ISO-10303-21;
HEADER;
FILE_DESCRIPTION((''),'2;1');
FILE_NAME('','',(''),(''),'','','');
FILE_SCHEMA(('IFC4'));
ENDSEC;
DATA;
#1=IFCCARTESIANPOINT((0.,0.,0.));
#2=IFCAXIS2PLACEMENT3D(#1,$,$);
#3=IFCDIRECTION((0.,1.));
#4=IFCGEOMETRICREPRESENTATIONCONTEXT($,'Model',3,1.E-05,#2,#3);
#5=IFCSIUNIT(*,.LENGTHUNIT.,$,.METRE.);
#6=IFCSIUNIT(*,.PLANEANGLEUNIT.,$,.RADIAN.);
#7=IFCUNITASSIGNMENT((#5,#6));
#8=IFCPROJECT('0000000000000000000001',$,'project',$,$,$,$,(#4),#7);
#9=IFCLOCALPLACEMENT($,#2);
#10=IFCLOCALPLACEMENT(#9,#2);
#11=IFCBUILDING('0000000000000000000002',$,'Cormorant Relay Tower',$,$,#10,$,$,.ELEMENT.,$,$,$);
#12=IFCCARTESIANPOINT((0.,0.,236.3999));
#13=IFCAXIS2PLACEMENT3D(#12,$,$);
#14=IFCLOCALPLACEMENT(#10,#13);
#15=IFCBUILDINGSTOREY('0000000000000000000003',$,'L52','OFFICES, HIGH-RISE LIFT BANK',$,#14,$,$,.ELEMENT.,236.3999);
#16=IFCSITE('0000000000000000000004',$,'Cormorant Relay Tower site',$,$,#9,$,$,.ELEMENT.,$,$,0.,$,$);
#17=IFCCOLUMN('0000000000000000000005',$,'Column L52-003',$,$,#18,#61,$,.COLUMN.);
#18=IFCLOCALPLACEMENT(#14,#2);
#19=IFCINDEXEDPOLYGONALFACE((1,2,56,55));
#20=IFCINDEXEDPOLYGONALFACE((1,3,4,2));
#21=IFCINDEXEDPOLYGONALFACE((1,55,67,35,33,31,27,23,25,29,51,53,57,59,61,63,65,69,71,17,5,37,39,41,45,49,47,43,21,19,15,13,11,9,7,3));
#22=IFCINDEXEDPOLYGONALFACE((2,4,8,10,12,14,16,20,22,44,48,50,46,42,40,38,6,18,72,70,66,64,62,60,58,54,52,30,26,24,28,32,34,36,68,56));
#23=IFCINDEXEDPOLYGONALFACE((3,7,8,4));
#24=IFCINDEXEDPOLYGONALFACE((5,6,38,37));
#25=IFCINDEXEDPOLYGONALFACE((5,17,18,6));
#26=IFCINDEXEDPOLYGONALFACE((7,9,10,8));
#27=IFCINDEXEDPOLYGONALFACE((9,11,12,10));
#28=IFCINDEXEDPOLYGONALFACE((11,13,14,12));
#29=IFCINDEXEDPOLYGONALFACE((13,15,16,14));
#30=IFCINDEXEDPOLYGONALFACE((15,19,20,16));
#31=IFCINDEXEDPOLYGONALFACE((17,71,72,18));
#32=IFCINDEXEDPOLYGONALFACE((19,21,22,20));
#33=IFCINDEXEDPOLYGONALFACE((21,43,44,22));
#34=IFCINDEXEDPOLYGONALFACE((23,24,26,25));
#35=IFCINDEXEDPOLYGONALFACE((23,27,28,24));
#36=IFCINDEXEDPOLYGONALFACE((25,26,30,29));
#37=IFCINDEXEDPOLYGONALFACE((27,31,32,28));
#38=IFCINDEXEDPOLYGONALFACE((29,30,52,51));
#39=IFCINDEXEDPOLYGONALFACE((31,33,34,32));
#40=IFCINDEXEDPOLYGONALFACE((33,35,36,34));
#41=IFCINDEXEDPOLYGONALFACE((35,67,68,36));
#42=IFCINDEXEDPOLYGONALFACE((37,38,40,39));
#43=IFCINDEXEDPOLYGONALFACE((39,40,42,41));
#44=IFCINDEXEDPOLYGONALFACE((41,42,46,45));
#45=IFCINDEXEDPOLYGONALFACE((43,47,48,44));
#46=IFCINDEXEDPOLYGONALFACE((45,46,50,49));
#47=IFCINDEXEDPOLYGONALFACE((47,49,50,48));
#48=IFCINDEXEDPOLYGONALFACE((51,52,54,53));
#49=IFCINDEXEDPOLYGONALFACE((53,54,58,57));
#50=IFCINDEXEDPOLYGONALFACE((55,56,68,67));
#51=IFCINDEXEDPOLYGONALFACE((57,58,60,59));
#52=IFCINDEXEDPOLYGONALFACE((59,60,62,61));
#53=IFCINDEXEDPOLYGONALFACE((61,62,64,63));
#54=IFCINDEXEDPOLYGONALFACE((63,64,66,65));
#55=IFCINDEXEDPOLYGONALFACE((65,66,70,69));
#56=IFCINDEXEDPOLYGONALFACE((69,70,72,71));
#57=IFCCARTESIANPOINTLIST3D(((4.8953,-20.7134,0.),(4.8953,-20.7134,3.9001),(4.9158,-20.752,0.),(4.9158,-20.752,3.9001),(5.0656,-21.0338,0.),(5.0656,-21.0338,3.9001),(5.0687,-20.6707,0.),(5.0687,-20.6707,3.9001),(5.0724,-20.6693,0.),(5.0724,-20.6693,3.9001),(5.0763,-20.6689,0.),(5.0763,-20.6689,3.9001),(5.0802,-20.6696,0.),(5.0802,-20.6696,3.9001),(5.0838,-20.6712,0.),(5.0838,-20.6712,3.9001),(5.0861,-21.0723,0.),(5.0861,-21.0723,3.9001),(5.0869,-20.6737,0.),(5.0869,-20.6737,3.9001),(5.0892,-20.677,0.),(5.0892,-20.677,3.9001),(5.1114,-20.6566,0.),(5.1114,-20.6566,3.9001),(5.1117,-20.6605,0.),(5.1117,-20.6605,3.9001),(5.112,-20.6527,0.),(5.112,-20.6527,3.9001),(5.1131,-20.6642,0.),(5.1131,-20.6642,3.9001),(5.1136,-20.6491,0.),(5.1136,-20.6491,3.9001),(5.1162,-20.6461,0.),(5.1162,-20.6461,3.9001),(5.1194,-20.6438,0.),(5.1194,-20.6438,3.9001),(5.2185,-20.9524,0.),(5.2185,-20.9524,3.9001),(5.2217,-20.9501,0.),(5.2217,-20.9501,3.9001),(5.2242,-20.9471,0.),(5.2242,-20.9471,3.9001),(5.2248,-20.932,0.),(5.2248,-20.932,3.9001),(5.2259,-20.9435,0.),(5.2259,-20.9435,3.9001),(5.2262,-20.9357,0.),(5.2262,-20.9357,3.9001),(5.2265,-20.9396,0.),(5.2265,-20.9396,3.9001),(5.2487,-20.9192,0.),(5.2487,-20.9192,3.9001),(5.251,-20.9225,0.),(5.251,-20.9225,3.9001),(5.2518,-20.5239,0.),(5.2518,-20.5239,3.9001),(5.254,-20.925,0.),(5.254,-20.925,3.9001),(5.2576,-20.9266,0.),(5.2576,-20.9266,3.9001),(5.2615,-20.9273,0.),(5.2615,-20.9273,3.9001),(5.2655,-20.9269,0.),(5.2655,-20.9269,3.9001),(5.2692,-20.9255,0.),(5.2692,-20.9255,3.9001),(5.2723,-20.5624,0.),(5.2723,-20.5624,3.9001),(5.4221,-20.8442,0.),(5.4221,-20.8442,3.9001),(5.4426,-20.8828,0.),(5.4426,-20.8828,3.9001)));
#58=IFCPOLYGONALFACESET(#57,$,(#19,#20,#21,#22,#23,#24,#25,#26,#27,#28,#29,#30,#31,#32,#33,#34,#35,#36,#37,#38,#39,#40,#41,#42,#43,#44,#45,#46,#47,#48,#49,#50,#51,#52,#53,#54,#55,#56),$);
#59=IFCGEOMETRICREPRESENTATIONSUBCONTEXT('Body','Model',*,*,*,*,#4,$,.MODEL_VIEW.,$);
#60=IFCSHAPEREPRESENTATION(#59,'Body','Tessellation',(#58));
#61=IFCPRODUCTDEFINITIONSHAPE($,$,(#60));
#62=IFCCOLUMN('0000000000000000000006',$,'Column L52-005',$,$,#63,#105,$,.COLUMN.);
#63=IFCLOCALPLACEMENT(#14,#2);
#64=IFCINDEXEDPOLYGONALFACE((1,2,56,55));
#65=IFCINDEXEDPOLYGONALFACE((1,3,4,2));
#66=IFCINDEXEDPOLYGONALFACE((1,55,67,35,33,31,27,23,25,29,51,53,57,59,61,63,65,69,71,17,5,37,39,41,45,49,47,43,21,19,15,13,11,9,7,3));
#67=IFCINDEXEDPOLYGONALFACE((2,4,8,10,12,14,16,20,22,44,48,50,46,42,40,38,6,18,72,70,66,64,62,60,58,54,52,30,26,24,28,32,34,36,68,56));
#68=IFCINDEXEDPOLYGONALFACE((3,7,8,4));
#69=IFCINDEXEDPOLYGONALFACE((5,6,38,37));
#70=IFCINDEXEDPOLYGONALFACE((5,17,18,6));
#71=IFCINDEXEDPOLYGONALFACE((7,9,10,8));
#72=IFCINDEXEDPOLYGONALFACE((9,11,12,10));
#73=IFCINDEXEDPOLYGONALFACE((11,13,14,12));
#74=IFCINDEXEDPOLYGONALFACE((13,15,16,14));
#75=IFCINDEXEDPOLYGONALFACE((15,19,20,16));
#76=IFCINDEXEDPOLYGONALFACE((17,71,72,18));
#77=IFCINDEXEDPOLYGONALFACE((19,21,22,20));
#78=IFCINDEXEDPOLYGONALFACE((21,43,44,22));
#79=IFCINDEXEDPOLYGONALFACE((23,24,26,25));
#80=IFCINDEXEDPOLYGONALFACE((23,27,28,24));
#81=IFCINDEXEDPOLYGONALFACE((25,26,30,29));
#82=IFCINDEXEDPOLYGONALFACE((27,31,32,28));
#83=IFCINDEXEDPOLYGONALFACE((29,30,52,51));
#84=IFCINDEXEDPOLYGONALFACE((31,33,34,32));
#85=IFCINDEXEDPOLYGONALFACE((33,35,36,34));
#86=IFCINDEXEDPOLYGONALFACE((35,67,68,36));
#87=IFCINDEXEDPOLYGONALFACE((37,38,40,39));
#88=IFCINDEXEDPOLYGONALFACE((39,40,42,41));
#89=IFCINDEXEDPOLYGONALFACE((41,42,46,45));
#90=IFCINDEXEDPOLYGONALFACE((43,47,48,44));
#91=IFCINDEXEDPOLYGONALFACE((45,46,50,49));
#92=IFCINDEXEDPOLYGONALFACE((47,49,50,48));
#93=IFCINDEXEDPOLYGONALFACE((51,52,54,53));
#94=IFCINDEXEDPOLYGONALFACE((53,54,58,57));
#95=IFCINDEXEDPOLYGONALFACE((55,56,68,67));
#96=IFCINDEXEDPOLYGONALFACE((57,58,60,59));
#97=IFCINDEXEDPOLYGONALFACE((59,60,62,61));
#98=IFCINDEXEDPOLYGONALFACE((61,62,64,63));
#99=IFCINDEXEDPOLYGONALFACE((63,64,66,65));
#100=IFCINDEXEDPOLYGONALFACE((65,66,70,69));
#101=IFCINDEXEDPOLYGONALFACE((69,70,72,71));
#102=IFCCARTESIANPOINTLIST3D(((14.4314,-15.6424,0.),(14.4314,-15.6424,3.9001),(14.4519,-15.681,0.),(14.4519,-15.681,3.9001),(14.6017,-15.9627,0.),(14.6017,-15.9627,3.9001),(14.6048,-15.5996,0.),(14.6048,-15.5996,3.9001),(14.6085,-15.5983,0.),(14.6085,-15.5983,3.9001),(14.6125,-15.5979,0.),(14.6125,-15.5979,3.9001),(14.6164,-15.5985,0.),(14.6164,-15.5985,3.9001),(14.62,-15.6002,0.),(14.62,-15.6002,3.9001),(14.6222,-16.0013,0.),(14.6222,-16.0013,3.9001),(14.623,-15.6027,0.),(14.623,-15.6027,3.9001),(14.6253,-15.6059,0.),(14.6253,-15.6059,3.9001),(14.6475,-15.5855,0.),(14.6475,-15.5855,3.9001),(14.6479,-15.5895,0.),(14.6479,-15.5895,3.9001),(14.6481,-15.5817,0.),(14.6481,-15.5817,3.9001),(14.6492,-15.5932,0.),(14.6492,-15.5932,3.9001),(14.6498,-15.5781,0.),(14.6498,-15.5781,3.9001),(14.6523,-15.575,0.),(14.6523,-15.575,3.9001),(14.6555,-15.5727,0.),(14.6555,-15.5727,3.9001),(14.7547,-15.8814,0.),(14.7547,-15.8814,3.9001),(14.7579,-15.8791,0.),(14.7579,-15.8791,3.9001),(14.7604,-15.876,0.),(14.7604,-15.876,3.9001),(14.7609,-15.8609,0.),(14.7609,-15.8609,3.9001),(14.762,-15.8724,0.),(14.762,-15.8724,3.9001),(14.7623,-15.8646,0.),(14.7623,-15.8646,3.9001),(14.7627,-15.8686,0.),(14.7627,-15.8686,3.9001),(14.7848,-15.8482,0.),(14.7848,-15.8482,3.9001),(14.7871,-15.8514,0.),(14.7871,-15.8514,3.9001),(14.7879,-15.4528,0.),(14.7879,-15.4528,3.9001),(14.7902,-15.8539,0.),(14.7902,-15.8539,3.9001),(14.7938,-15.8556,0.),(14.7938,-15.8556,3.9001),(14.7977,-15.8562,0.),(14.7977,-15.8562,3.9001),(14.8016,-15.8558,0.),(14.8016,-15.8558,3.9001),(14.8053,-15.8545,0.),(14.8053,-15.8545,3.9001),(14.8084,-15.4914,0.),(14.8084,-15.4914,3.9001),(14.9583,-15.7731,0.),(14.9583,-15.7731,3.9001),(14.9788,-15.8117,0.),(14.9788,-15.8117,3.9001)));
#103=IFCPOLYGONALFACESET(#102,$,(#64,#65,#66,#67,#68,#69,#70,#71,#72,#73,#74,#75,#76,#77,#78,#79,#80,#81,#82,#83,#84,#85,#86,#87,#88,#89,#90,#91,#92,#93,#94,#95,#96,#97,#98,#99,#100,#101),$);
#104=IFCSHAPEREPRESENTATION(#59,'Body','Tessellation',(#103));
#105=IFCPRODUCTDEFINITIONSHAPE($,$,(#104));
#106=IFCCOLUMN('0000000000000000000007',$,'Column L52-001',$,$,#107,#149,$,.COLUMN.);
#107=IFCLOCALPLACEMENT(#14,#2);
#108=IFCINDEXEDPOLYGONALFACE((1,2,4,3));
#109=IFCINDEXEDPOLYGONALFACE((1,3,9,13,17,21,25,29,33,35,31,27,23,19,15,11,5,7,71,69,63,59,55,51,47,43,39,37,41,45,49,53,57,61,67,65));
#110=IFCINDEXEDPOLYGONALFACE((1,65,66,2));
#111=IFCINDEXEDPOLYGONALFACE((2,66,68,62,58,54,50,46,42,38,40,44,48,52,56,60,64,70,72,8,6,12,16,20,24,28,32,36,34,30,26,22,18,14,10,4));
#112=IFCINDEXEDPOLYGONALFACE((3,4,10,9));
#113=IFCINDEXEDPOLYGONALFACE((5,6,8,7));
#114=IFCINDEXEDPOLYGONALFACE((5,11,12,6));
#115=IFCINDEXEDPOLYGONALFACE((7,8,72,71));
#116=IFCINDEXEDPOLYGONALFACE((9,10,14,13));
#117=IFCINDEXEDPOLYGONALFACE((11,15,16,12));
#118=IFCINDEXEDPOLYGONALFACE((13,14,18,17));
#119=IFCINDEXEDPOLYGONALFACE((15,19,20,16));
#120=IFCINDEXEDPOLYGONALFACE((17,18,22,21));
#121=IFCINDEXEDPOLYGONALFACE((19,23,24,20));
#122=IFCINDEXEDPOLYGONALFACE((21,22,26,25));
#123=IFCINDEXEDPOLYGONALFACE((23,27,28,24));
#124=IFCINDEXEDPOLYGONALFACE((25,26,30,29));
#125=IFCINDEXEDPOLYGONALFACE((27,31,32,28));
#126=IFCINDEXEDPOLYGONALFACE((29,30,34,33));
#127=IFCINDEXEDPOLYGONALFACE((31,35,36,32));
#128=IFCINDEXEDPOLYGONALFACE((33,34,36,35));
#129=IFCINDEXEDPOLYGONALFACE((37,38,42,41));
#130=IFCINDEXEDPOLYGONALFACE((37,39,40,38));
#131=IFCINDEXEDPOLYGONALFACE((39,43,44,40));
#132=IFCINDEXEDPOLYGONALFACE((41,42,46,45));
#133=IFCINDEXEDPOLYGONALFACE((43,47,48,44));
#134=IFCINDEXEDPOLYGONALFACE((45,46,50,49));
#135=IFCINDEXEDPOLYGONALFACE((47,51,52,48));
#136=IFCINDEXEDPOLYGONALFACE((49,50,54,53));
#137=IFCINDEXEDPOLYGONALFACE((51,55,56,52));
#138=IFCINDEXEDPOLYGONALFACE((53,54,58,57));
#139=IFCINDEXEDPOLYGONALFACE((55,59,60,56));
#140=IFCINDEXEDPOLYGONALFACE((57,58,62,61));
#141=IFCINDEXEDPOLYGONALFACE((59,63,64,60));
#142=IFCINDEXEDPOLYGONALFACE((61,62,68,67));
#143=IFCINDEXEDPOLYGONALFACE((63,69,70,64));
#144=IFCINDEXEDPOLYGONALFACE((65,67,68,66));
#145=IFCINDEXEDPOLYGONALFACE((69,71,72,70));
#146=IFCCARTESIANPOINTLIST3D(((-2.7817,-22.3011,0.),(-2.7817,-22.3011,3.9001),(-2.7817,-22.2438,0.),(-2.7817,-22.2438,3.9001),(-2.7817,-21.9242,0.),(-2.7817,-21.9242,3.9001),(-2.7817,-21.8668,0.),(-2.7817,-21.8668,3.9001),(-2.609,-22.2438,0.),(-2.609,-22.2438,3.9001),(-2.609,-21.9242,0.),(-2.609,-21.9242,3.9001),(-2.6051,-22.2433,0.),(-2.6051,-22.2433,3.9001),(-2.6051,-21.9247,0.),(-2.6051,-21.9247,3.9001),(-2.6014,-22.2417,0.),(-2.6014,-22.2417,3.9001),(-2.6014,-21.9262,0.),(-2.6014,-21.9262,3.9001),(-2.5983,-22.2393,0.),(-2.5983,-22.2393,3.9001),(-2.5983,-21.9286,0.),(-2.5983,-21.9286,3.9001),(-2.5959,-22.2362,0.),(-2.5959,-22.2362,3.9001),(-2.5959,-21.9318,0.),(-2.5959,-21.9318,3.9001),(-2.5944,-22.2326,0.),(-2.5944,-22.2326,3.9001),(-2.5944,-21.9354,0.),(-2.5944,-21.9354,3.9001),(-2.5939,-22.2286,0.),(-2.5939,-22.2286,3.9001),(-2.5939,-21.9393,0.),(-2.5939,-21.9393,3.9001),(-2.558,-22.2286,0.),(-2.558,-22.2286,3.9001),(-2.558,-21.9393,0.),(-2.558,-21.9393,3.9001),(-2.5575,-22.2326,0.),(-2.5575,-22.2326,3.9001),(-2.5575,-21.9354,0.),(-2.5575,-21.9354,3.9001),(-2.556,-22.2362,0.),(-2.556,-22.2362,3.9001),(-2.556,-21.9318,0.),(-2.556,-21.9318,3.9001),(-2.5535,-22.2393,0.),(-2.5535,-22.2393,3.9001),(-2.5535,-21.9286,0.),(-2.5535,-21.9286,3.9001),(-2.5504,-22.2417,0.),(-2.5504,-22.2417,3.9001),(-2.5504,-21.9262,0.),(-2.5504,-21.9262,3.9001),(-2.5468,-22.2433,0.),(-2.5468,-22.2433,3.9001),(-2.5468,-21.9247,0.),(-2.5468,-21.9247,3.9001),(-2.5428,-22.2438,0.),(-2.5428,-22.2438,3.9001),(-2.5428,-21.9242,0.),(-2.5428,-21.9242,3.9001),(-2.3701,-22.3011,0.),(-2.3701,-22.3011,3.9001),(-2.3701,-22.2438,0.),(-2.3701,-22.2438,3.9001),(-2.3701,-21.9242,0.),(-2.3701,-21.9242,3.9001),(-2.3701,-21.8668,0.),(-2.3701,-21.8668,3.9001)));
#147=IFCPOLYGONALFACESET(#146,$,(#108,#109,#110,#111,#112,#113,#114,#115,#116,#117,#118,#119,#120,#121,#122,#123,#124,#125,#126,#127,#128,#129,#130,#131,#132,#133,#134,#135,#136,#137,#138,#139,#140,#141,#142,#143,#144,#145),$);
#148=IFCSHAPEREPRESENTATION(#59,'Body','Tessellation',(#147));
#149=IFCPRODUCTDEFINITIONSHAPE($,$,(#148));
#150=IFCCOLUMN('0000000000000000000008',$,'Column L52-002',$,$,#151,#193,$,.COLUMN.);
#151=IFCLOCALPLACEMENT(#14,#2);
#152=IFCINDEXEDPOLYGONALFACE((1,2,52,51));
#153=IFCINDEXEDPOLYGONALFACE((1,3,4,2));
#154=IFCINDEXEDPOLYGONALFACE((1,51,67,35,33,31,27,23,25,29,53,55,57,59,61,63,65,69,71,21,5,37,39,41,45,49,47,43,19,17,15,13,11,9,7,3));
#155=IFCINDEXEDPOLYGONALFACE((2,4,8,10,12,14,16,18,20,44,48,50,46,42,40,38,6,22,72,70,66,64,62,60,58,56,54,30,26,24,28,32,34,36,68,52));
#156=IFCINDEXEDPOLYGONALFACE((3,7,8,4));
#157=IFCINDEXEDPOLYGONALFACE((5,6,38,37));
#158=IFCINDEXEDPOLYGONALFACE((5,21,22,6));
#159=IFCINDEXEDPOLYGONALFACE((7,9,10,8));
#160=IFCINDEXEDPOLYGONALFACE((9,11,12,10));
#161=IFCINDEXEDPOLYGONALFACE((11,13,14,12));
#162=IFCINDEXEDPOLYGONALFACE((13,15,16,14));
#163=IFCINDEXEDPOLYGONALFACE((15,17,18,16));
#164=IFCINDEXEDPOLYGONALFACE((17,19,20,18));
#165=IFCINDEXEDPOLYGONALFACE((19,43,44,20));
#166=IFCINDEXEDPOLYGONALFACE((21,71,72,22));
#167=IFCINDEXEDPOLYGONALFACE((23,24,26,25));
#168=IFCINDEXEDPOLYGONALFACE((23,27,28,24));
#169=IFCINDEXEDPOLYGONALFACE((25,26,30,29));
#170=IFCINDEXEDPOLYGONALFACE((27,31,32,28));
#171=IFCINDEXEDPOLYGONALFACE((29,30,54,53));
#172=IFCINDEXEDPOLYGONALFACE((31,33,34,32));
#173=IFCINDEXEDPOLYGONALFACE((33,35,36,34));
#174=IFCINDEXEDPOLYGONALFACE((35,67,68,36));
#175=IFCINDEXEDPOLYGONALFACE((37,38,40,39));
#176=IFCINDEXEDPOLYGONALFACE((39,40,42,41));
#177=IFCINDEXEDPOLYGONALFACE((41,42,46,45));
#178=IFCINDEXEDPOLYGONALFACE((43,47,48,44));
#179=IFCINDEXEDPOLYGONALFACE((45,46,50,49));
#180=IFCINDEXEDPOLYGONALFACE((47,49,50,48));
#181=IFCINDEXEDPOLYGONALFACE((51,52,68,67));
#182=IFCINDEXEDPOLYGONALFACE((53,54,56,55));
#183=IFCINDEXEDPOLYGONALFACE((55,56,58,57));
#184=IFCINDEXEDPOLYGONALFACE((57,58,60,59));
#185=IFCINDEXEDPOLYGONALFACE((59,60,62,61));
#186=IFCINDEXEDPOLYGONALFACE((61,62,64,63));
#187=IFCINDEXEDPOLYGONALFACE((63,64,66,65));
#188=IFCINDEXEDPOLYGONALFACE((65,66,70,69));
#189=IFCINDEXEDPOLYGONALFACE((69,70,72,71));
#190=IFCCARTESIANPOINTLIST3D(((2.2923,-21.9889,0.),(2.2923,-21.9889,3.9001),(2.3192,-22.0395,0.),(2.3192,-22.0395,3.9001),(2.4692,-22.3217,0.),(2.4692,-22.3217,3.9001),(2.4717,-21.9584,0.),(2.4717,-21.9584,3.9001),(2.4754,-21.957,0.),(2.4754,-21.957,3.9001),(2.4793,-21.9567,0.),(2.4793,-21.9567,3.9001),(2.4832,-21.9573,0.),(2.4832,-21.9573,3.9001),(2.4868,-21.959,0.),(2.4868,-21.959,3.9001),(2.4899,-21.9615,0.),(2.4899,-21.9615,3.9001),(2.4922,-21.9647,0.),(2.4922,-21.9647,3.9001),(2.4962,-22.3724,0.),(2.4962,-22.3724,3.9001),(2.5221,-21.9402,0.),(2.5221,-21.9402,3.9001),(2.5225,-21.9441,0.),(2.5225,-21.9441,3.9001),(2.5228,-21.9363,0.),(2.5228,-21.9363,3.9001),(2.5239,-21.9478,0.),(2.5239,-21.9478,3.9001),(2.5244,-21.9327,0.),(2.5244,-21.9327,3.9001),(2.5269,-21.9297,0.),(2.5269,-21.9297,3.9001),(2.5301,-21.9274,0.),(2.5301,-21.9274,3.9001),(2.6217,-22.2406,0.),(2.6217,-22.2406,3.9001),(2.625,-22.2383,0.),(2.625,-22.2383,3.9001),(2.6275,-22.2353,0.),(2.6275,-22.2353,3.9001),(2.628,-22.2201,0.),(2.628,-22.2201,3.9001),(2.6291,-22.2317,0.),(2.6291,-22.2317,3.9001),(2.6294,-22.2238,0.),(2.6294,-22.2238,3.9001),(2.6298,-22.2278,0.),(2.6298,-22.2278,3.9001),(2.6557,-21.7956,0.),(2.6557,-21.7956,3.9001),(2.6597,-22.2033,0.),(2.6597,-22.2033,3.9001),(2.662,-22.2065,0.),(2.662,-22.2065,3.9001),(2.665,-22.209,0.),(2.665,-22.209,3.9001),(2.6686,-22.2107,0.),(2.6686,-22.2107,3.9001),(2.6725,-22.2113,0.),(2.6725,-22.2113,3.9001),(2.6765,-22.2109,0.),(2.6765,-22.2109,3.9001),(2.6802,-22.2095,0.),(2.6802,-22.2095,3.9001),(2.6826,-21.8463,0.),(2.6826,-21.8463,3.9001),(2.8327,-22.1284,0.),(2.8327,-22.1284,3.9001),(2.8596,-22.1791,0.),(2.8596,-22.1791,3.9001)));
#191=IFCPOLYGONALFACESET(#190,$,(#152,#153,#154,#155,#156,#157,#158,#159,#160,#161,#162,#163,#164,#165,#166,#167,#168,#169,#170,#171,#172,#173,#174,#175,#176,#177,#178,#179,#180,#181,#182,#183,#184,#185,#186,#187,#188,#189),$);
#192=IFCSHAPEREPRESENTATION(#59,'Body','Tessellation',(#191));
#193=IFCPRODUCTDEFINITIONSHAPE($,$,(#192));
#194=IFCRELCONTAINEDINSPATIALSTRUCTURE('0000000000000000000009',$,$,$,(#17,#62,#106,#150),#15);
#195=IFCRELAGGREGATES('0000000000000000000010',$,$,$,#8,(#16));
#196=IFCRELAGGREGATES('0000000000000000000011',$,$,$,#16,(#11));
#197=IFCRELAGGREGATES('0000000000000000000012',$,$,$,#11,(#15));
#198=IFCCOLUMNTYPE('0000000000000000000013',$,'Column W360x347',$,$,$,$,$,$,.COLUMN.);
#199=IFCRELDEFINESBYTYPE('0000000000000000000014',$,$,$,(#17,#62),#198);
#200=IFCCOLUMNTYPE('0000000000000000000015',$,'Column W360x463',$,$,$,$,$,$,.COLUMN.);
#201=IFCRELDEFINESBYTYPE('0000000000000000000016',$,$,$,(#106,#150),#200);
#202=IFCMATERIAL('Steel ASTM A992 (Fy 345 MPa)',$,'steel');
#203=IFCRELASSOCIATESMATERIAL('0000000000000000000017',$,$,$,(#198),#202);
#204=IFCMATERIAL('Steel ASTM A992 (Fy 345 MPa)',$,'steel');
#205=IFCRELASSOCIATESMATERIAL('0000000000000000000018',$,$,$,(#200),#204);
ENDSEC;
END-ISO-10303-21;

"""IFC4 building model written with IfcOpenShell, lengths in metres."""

from ifc_helpers import new_model, si_unit, direction, frame, origin, origin_2d, place, context, subcontext, project, spatial, i_section, extrude, material, material_profile, profile_set, type_object, element, save


model = new_model("IFC4")

# Units and contexts
model_context = context("Model", 3, precision=1e-05, world=origin(), true_north=direction((0.0, 1.0)))
body_context = subcontext(model_context, "Body", "Model", "MODEL_VIEW")
ifc_project = project(units=[si_unit("LENGTHUNIT", "METRE"), si_unit("PLANEANGLEUNIT", "RADIAN")], contexts=[model_context])

# Site, building, storey
site_placement = place(None, origin())
site = spatial("IfcSite", under=ifc_project, at=site_placement, Name="Cormorant Relay Tower site", CompositionType="ELEMENT", RefElevation=0.0)
building_placement = place(site_placement, origin())
building = spatial("IfcBuilding", under=site, at=building_placement, Name="Cormorant Relay Tower", CompositionType="ELEMENT")
storey_placement = place(building_placement, frame((0.0, 0.0, 236.3999)))
storey = spatial("IfcBuildingStorey", under=building, at=storey_placement, Name="L52", Description="OFFICES, HIGH-RISE LIFT BANK", CompositionType="ELEMENT", Elevation=236.3999)

# Columns
ifc_material_1 = material(Name="Steel ASTM A992 (Fy 345 MPa)", Category="steel")
ifc_material_profile_1 = material_profile(ifc_material_1, i_section(OverallWidth=0.4038, OverallDepth=0.4065, WebThickness=0.0271, FlangeThickness=0.0437, FilletRadius=0.0151, at=origin_2d()), Name="W360x347")
ifc_profile_set_1 = profile_set([ifc_material_profile_1], Name="Steel ASTM A992 (Fy 345 MPa)")
column_type_1 = type_object("IfcColumnType", Name="Column W360x347", PredefinedType="COLUMN", material=ifc_profile_set_1)
for number, where, z_axis, x_axis, name in (
    (1, (5.1689, -20.7981, 0.0), (0.0, 0.0, 1.0), (0.882948, 0.469472, 0.0), "Column L52-003"),
    (2, (14.7051, -15.7271, 0.0), (0.0, 0.0, 1.0), (0.882948, 0.469472, 0.0), "Column L52-005"),
):
    element("IfcColumn", number, at=place(storey_placement, frame(where, z_axis=z_axis, x_axis=x_axis)), inside=storey, type_object=column_type_1, Name=name, PredefinedType="COLUMN", context=body_context, shape_type="SweptSolid", body=[
        extrude(i_section(OverallWidth=0.4038, OverallDepth=0.4065, WebThickness=0.0271, FlangeThickness=0.0437, FilletRadius=0.0151, at=origin_2d()), origin(), (0.0, 0.0, 1.0), 3.9001),
    ])
ifc_material_2 = material(Name="Steel ASTM A992 (Fy 345 MPa)", Category="steel")
ifc_material_profile_2 = material_profile(ifc_material_2, i_section(OverallWidth=0.4116, OverallDepth=0.4343, WebThickness=0.0359, FlangeThickness=0.0574, FilletRadius=0.0151, at=origin_2d()), Name="W360x463")
ifc_profile_set_2 = profile_set([ifc_material_profile_2], Name="Steel ASTM A992 (Fy 345 MPa)")
column_type_2 = type_object("IfcColumnType", Name="Column W360x463", PredefinedType="COLUMN", material=ifc_profile_set_2)
for number, where, z_axis, x_axis, name in (
    (3, (-2.5759, -22.084, 0.0), (0.0, 0.0, 1.0), (1.0, 0.0, 0.0), "Column L52-001"),
    (4, (2.5759, -22.084, 0.0), (0.0, 0.0, 1.0), (0.882948, 0.469472, 0.0), "Column L52-002"),
):
    element("IfcColumn", number, at=place(storey_placement, frame(where, z_axis=z_axis, x_axis=x_axis)), inside=storey, type_object=column_type_2, Name=name, PredefinedType="COLUMN", context=body_context, shape_type="SweptSolid", body=[
        extrude(i_section(OverallWidth=0.4116, OverallDepth=0.4343, WebThickness=0.0359, FlangeThickness=0.0574, FilletRadius=0.0151, at=origin_2d()), origin(), (0.0, 0.0, 1.0), 3.9001),
    ])

save(model, "model.ifc")
